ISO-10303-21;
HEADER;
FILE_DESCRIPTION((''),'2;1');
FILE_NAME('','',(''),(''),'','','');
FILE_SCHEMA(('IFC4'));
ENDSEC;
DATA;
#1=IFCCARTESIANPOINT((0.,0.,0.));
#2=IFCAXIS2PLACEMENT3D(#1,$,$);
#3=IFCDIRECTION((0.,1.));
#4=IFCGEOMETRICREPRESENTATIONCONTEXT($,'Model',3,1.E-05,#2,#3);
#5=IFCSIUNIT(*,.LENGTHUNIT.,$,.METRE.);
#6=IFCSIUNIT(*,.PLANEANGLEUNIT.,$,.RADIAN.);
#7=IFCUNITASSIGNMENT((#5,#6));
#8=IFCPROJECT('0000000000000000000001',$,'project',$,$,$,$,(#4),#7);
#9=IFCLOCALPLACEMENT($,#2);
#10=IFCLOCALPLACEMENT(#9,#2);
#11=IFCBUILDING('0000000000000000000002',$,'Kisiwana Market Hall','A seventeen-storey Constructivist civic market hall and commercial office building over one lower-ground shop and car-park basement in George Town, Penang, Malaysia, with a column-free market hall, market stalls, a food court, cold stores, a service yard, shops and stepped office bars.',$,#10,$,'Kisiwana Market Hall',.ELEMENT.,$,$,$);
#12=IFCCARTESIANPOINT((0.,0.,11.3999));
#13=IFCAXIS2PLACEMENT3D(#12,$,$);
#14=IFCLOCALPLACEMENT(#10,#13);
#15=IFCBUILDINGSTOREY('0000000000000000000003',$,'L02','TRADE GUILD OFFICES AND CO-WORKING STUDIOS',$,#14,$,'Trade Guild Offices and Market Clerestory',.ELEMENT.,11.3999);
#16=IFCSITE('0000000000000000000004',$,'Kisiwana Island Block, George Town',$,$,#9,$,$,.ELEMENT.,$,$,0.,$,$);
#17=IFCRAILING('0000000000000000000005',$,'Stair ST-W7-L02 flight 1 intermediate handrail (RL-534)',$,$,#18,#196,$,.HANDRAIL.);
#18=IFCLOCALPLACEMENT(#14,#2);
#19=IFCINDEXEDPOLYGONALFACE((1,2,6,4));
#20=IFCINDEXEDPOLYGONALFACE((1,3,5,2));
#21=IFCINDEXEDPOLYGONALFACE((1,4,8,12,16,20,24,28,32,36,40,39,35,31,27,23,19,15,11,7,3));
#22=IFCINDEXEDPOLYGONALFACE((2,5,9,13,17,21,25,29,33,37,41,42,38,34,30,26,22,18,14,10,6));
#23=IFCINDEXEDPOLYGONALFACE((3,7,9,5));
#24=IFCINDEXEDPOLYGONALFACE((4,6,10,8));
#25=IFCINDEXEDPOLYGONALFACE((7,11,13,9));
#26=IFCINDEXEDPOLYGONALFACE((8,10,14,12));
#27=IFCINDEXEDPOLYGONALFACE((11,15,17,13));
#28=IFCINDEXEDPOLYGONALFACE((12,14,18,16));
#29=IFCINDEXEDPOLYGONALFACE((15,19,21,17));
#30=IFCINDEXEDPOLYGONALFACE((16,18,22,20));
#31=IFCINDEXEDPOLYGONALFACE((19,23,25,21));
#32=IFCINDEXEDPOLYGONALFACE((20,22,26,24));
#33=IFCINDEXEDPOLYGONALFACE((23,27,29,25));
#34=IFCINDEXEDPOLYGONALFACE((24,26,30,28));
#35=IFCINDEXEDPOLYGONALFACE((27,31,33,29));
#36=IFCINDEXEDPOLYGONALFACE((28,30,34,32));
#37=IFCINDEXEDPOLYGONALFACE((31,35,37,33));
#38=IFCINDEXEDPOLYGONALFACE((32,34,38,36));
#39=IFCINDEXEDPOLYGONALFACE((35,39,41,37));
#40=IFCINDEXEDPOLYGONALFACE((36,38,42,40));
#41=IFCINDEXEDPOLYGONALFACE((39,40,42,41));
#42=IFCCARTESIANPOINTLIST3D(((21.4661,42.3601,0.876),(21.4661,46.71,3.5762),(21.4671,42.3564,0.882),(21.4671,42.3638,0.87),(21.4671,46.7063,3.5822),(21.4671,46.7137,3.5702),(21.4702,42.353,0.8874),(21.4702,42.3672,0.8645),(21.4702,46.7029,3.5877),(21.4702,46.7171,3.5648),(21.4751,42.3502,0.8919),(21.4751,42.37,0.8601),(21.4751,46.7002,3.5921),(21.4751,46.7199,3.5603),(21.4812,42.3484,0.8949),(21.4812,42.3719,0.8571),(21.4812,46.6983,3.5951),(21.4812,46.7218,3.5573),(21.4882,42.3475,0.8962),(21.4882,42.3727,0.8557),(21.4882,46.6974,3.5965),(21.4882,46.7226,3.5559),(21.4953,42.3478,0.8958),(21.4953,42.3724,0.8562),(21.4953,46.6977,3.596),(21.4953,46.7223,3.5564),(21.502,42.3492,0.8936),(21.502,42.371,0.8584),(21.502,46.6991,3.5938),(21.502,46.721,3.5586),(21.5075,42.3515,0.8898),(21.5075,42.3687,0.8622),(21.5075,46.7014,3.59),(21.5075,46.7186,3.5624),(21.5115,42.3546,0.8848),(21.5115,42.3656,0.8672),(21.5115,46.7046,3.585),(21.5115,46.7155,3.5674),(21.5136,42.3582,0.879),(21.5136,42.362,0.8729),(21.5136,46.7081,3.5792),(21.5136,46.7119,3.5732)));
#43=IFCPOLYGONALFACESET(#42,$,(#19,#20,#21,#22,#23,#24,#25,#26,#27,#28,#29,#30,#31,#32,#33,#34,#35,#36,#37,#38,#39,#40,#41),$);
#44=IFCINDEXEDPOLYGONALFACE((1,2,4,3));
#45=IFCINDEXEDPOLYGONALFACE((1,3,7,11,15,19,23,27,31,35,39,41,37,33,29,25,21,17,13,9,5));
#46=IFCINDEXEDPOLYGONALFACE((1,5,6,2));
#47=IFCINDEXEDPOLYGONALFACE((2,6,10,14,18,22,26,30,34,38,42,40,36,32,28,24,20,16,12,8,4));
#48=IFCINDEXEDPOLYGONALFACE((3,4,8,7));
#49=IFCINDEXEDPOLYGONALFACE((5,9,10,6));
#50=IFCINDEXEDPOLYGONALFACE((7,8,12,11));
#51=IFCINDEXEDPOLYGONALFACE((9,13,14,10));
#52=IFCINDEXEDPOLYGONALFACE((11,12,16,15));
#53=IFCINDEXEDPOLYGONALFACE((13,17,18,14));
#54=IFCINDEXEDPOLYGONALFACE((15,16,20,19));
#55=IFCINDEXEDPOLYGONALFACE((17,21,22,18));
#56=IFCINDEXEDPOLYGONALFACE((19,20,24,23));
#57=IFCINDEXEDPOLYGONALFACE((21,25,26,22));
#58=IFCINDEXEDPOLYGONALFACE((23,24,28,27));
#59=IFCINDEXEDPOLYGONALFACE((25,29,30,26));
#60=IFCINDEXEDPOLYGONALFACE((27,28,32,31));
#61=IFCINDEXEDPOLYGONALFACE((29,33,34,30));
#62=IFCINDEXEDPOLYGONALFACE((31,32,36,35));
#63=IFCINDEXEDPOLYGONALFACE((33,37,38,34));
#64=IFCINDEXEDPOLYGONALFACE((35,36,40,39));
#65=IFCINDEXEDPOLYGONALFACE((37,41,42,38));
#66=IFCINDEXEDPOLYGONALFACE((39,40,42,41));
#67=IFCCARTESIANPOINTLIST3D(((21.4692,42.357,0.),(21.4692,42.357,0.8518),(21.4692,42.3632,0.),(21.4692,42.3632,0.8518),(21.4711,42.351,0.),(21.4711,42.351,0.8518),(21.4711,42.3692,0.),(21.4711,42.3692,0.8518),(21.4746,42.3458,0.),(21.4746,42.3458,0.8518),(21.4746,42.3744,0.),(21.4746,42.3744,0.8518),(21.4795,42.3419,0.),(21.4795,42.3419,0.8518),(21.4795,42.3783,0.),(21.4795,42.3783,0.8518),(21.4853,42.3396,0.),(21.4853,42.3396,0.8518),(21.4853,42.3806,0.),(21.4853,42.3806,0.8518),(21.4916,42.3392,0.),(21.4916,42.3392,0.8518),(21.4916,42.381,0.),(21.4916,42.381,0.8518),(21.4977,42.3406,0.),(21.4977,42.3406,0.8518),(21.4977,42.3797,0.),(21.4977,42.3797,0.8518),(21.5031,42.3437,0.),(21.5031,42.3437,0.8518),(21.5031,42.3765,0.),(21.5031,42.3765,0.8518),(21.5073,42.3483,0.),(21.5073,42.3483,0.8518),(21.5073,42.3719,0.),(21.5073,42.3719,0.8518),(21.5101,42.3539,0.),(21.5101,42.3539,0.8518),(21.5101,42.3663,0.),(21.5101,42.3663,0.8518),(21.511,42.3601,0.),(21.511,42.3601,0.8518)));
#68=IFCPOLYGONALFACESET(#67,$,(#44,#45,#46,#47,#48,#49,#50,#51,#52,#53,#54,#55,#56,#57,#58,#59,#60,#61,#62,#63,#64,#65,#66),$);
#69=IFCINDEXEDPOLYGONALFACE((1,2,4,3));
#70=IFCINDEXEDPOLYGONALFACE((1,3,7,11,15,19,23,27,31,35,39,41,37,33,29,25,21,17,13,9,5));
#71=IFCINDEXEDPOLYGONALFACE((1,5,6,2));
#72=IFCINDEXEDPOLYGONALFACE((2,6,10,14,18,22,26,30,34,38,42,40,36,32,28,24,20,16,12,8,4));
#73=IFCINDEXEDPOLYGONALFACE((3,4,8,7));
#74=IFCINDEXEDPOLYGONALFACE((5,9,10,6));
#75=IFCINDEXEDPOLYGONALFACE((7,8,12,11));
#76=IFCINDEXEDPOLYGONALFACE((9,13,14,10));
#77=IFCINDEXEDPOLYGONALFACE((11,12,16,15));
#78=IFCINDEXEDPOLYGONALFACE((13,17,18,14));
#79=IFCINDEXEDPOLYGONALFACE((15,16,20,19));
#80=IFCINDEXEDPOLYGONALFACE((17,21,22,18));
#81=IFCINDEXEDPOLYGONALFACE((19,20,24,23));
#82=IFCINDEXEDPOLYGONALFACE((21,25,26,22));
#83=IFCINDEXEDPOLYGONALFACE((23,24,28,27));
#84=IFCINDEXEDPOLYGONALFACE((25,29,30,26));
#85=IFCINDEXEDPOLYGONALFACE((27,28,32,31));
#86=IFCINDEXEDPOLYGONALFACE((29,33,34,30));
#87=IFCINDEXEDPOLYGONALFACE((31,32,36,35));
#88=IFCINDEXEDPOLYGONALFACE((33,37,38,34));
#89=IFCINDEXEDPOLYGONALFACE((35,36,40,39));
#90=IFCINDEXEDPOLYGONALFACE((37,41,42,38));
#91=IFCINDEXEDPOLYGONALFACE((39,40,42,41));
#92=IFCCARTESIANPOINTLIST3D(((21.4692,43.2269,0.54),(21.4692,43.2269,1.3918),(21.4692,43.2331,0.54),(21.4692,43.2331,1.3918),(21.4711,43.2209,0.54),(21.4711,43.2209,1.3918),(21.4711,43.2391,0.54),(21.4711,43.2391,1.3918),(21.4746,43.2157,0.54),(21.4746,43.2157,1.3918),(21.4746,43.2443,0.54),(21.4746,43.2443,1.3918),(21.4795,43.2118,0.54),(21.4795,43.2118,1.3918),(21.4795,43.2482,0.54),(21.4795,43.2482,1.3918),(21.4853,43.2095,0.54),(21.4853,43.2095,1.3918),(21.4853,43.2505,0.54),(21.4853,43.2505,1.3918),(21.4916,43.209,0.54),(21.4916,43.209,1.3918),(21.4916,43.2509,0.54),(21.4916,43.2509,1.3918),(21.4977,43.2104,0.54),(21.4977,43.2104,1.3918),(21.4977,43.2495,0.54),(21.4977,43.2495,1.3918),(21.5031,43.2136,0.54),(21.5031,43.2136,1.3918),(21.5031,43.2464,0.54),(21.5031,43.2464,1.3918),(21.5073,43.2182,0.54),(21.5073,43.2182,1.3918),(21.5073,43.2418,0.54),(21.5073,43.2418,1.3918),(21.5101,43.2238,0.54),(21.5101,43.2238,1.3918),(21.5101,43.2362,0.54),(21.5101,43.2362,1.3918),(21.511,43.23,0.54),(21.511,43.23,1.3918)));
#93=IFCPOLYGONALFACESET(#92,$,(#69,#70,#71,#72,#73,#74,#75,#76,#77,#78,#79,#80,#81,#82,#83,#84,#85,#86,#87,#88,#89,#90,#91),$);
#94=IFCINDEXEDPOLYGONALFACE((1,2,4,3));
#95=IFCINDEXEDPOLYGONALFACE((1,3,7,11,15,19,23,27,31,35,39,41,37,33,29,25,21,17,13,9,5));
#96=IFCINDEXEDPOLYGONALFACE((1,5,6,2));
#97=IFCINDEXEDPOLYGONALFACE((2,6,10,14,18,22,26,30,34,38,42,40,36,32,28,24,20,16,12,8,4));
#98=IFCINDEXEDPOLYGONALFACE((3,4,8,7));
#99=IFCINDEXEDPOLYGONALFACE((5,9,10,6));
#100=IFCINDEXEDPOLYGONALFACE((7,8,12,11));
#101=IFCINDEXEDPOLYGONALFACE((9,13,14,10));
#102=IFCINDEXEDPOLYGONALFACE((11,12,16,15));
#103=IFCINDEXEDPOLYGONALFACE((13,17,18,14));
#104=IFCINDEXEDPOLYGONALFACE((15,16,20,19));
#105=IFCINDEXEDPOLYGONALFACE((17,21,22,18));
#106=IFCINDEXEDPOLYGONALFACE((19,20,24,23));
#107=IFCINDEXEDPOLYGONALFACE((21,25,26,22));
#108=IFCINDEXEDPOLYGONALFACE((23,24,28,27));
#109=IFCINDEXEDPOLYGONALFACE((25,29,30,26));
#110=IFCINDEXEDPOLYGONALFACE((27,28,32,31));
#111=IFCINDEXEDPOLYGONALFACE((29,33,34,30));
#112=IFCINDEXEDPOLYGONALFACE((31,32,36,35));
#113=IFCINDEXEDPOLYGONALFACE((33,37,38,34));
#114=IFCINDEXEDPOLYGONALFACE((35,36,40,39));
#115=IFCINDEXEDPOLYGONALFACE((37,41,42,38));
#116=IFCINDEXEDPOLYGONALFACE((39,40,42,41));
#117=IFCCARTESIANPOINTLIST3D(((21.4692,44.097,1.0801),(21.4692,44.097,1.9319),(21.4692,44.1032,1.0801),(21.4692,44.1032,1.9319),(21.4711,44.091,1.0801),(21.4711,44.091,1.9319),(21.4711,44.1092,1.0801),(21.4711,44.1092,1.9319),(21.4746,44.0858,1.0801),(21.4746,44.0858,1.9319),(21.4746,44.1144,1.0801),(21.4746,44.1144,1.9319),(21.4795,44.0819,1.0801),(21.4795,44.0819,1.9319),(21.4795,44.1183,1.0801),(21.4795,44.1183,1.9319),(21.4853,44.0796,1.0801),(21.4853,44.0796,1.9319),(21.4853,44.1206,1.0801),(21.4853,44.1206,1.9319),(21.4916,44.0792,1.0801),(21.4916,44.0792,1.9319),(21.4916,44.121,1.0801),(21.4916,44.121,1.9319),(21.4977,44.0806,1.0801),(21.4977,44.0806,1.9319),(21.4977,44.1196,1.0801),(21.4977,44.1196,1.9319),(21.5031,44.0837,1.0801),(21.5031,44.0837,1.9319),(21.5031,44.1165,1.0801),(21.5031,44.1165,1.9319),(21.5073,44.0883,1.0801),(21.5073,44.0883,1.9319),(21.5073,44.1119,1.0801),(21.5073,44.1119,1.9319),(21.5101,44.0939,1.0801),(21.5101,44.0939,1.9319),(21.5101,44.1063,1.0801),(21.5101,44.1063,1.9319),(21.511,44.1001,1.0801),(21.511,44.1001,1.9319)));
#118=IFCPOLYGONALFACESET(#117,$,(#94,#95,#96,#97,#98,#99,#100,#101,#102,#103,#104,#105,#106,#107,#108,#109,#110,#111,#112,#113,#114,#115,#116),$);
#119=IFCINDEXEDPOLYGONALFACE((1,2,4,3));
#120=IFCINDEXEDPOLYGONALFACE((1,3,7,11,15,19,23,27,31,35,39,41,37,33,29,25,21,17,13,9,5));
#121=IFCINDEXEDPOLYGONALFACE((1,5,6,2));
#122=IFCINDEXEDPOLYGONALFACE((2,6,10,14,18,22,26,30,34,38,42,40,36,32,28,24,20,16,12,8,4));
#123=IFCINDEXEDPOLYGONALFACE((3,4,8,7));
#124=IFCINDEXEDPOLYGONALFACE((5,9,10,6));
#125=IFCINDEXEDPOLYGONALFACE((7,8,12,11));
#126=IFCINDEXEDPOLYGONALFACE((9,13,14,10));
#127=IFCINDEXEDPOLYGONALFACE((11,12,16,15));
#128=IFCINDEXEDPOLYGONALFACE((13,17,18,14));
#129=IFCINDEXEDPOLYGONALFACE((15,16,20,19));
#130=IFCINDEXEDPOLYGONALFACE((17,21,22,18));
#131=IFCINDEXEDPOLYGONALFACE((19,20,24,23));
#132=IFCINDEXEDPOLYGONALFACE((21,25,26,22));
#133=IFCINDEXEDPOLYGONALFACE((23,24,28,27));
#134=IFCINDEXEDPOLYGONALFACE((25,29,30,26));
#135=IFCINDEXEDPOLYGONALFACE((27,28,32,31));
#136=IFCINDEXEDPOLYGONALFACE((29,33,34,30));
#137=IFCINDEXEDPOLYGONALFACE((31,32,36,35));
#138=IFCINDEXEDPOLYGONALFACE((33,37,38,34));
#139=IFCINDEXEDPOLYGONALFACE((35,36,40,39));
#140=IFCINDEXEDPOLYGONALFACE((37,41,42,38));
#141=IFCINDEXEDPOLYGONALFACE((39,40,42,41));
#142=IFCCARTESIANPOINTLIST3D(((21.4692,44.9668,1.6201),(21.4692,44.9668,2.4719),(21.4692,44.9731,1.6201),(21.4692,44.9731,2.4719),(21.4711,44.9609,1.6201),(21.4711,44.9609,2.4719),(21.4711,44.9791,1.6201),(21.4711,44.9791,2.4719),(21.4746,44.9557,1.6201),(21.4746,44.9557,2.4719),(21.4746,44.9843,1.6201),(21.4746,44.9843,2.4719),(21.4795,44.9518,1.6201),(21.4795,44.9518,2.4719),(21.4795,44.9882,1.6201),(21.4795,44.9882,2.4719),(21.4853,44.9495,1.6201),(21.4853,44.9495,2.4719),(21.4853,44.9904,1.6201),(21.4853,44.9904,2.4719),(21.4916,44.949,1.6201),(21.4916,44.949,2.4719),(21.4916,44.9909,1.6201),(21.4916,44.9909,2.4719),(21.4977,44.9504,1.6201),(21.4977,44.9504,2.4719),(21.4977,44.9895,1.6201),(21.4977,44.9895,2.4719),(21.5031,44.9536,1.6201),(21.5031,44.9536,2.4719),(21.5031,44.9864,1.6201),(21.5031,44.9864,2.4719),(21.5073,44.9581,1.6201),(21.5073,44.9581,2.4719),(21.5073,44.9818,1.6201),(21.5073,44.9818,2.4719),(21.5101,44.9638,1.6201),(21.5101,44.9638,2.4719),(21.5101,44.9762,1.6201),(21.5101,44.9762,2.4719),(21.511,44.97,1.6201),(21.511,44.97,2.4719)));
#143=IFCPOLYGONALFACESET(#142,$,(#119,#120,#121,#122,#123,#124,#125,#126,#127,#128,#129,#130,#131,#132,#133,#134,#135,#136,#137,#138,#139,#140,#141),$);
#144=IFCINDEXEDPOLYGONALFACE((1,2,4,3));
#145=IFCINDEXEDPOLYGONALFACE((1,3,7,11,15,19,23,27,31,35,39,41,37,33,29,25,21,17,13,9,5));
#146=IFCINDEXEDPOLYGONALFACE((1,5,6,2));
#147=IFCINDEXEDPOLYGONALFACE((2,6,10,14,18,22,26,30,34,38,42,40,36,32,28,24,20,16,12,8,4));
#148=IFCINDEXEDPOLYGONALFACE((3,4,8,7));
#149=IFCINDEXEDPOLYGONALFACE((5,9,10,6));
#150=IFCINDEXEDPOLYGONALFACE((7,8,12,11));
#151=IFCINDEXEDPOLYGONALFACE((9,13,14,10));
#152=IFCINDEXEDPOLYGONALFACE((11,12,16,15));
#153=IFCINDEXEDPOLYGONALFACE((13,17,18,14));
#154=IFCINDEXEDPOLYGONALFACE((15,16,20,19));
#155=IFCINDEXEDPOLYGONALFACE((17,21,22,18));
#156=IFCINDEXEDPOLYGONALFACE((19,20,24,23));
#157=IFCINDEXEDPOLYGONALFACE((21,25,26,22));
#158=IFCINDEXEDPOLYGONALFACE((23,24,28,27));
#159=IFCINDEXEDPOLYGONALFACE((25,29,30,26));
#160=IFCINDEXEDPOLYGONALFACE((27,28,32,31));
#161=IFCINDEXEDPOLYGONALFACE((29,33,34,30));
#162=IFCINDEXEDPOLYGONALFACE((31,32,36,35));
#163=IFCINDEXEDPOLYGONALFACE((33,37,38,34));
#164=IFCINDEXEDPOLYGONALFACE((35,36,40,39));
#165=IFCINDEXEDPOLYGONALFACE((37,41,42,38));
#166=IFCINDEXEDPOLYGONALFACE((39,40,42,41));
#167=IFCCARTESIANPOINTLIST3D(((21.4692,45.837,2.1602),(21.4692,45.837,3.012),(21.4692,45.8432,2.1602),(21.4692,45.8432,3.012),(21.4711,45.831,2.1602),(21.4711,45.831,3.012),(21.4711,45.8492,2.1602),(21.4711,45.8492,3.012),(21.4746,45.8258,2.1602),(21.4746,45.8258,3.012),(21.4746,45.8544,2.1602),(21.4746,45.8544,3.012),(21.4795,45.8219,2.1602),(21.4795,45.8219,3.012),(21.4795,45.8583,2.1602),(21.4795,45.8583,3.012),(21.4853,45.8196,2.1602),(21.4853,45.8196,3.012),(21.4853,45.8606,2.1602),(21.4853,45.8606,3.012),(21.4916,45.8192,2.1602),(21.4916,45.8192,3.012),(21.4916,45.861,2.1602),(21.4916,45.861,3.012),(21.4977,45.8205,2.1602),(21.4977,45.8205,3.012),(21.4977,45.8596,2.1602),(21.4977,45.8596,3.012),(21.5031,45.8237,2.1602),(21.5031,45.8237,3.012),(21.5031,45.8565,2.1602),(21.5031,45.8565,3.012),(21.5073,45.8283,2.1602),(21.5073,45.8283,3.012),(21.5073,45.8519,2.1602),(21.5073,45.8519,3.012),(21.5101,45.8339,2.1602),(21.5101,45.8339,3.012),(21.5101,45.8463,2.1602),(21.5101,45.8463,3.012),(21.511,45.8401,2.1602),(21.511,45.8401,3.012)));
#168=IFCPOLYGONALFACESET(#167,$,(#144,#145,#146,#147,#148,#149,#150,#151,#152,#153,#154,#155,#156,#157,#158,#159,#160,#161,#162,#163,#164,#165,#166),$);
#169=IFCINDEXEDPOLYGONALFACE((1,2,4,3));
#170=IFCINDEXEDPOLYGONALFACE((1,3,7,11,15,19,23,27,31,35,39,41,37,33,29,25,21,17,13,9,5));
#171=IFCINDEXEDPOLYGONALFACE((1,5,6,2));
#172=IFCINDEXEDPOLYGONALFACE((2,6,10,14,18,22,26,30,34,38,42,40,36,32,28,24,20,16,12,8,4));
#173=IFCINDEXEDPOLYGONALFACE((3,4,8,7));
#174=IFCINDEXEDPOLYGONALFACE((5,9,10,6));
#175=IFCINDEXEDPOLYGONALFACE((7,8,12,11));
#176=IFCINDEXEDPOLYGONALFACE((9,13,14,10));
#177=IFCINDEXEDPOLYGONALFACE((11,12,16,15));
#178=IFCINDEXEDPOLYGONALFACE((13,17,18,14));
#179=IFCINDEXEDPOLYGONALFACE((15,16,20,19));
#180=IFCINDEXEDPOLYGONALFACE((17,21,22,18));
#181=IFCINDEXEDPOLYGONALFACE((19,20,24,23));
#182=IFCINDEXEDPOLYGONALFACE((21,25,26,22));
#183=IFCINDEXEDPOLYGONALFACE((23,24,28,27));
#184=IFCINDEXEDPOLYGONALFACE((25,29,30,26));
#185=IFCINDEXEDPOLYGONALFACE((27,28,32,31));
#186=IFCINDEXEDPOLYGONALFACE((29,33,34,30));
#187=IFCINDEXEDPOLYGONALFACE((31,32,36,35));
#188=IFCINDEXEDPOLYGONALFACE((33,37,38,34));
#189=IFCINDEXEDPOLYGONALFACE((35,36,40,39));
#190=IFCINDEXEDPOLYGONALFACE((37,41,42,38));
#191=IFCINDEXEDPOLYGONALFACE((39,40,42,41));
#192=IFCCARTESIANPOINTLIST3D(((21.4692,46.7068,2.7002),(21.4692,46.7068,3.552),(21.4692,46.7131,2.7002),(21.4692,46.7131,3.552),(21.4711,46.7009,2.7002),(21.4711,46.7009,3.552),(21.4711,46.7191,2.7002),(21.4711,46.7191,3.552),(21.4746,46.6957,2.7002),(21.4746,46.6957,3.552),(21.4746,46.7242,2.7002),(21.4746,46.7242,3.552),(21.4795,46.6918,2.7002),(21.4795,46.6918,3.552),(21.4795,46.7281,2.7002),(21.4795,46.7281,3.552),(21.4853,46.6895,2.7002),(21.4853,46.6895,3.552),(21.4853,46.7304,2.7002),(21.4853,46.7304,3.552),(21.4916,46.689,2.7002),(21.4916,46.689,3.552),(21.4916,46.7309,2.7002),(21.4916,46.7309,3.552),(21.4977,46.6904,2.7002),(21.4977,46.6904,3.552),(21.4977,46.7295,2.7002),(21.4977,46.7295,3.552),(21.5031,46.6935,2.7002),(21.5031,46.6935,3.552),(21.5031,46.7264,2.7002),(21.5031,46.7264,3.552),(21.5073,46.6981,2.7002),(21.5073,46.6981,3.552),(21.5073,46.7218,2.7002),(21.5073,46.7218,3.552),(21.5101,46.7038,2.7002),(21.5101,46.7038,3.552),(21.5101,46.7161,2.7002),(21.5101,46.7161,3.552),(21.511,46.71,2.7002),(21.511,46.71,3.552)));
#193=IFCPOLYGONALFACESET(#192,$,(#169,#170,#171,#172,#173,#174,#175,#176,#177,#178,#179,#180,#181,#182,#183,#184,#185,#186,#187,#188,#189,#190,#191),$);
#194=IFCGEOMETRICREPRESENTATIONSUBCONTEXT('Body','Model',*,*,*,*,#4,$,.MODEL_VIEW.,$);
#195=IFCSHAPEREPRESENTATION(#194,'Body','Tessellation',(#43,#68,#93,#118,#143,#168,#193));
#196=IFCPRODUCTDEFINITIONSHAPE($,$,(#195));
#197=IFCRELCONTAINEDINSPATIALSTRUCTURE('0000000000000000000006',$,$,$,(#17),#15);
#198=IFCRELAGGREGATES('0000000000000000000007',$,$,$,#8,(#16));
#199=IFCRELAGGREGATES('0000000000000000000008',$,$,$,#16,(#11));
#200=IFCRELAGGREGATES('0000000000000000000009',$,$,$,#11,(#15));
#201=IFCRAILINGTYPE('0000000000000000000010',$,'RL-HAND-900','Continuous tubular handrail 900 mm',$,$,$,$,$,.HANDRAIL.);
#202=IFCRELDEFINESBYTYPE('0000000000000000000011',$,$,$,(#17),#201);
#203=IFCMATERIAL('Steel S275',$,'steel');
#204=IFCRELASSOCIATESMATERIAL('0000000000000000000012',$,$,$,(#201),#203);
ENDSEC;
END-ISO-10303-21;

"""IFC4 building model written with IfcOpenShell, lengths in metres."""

from ifc_helpers import new_model, si_unit, direction, frame, origin, origin_2d, place, context, subcontext, project, spatial, circle, extrude, material, type_object, element, save


model = new_model("IFC4")

# Units and contexts
model_context = context("Model", 3, precision=1e-05, world=origin(), true_north=direction((0.0, 1.0)))
body_context = subcontext(model_context, "Body", "Model", "MODEL_VIEW")
ifc_project = project(units=[si_unit("LENGTHUNIT", "METRE"), si_unit("PLANEANGLEUNIT", "RADIAN")], contexts=[model_context])

# Site, building, storey
site_placement = place(None, origin())
site = spatial("IfcSite", under=ifc_project, at=site_placement, Name="Kisiwana Island Block, George Town", CompositionType="ELEMENT", RefElevation=0.0)
building_placement = place(site_placement, origin())
building = spatial("IfcBuilding", under=site, at=building_placement, Name="Kisiwana Market Hall", Description="A seventeen-storey Constructivist civic market hall and commercial office building over one lower-ground shop and car-park basement in George Town, Penang, Malaysia, with a column-free market hall, market stalls, a food court, cold stores, a service yard, shops and stepped office bars.", LongName="Kisiwana Market Hall", CompositionType="ELEMENT")
storey_placement = place(building_placement, frame((0.0, 0.0, 11.3999)))
storey = spatial("IfcBuildingStorey", under=building, at=storey_placement, Name="L02", Description="TRADE GUILD OFFICES AND CO-WORKING STUDIOS", LongName="Trade Guild Offices and Market Clerestory", CompositionType="ELEMENT", Elevation=11.3999)

# Railing
ifc_material_1 = material(Name="Steel S275", Category="steel")
railing_type_1 = type_object("IfcRailingType", Name="RL-HAND-900", Description="Continuous tubular handrail 900 mm", PredefinedType="HANDRAIL", material=ifc_material_1)
for number, where, name in (
    (1, (21.49, 42.3601, 0.0), "Stair ST-W7-L02 flight 1 intermediate handrail (RL-534)"),
):
    element("IfcRailing", number, at=place(storey_placement, frame(where)), inside=storey, type_object=railing_type_1, Name=name, PredefinedType="HANDRAIL", context=body_context, shape_type="SweptSolid", body=[
        extrude(circle(Radius=0.0239, at=origin_2d()), frame((0.0, 0.0, 0.876), z_axis=(0.0, 0.849615, 0.527403), x_axis=(-1.0, 0.0, 0.0)), (0.0, 0.0, 1.0), 5.1199),
        extrude(circle(Radius=0.021, at=origin_2d()), origin(), (0.0, 0.0, 1.0), 0.8518),
        extrude(circle(Radius=0.021, at=origin_2d()), frame((0.0, 0.8699, 0.54)), (0.0, 0.0, 1.0), 0.8518),
        extrude(circle(Radius=0.021, at=origin_2d()), frame((0.0, 1.74, 1.0801)), (0.0, 0.0, 1.0), 0.8518),
        extrude(circle(Radius=0.021, at=origin_2d()), frame((0.0, 2.6099, 1.6201)), (0.0, 0.0, 1.0), 0.8518),
        extrude(circle(Radius=0.021, at=origin_2d()), frame((0.0, 3.48, 2.1602)), (0.0, 0.0, 1.0), 0.8518),
        extrude(circle(Radius=0.021, at=origin_2d()), frame((0.0, 4.3499, 2.7002)), (0.0, 0.0, 1.0), 0.8518),
    ])

save(model, "model.ifc")
